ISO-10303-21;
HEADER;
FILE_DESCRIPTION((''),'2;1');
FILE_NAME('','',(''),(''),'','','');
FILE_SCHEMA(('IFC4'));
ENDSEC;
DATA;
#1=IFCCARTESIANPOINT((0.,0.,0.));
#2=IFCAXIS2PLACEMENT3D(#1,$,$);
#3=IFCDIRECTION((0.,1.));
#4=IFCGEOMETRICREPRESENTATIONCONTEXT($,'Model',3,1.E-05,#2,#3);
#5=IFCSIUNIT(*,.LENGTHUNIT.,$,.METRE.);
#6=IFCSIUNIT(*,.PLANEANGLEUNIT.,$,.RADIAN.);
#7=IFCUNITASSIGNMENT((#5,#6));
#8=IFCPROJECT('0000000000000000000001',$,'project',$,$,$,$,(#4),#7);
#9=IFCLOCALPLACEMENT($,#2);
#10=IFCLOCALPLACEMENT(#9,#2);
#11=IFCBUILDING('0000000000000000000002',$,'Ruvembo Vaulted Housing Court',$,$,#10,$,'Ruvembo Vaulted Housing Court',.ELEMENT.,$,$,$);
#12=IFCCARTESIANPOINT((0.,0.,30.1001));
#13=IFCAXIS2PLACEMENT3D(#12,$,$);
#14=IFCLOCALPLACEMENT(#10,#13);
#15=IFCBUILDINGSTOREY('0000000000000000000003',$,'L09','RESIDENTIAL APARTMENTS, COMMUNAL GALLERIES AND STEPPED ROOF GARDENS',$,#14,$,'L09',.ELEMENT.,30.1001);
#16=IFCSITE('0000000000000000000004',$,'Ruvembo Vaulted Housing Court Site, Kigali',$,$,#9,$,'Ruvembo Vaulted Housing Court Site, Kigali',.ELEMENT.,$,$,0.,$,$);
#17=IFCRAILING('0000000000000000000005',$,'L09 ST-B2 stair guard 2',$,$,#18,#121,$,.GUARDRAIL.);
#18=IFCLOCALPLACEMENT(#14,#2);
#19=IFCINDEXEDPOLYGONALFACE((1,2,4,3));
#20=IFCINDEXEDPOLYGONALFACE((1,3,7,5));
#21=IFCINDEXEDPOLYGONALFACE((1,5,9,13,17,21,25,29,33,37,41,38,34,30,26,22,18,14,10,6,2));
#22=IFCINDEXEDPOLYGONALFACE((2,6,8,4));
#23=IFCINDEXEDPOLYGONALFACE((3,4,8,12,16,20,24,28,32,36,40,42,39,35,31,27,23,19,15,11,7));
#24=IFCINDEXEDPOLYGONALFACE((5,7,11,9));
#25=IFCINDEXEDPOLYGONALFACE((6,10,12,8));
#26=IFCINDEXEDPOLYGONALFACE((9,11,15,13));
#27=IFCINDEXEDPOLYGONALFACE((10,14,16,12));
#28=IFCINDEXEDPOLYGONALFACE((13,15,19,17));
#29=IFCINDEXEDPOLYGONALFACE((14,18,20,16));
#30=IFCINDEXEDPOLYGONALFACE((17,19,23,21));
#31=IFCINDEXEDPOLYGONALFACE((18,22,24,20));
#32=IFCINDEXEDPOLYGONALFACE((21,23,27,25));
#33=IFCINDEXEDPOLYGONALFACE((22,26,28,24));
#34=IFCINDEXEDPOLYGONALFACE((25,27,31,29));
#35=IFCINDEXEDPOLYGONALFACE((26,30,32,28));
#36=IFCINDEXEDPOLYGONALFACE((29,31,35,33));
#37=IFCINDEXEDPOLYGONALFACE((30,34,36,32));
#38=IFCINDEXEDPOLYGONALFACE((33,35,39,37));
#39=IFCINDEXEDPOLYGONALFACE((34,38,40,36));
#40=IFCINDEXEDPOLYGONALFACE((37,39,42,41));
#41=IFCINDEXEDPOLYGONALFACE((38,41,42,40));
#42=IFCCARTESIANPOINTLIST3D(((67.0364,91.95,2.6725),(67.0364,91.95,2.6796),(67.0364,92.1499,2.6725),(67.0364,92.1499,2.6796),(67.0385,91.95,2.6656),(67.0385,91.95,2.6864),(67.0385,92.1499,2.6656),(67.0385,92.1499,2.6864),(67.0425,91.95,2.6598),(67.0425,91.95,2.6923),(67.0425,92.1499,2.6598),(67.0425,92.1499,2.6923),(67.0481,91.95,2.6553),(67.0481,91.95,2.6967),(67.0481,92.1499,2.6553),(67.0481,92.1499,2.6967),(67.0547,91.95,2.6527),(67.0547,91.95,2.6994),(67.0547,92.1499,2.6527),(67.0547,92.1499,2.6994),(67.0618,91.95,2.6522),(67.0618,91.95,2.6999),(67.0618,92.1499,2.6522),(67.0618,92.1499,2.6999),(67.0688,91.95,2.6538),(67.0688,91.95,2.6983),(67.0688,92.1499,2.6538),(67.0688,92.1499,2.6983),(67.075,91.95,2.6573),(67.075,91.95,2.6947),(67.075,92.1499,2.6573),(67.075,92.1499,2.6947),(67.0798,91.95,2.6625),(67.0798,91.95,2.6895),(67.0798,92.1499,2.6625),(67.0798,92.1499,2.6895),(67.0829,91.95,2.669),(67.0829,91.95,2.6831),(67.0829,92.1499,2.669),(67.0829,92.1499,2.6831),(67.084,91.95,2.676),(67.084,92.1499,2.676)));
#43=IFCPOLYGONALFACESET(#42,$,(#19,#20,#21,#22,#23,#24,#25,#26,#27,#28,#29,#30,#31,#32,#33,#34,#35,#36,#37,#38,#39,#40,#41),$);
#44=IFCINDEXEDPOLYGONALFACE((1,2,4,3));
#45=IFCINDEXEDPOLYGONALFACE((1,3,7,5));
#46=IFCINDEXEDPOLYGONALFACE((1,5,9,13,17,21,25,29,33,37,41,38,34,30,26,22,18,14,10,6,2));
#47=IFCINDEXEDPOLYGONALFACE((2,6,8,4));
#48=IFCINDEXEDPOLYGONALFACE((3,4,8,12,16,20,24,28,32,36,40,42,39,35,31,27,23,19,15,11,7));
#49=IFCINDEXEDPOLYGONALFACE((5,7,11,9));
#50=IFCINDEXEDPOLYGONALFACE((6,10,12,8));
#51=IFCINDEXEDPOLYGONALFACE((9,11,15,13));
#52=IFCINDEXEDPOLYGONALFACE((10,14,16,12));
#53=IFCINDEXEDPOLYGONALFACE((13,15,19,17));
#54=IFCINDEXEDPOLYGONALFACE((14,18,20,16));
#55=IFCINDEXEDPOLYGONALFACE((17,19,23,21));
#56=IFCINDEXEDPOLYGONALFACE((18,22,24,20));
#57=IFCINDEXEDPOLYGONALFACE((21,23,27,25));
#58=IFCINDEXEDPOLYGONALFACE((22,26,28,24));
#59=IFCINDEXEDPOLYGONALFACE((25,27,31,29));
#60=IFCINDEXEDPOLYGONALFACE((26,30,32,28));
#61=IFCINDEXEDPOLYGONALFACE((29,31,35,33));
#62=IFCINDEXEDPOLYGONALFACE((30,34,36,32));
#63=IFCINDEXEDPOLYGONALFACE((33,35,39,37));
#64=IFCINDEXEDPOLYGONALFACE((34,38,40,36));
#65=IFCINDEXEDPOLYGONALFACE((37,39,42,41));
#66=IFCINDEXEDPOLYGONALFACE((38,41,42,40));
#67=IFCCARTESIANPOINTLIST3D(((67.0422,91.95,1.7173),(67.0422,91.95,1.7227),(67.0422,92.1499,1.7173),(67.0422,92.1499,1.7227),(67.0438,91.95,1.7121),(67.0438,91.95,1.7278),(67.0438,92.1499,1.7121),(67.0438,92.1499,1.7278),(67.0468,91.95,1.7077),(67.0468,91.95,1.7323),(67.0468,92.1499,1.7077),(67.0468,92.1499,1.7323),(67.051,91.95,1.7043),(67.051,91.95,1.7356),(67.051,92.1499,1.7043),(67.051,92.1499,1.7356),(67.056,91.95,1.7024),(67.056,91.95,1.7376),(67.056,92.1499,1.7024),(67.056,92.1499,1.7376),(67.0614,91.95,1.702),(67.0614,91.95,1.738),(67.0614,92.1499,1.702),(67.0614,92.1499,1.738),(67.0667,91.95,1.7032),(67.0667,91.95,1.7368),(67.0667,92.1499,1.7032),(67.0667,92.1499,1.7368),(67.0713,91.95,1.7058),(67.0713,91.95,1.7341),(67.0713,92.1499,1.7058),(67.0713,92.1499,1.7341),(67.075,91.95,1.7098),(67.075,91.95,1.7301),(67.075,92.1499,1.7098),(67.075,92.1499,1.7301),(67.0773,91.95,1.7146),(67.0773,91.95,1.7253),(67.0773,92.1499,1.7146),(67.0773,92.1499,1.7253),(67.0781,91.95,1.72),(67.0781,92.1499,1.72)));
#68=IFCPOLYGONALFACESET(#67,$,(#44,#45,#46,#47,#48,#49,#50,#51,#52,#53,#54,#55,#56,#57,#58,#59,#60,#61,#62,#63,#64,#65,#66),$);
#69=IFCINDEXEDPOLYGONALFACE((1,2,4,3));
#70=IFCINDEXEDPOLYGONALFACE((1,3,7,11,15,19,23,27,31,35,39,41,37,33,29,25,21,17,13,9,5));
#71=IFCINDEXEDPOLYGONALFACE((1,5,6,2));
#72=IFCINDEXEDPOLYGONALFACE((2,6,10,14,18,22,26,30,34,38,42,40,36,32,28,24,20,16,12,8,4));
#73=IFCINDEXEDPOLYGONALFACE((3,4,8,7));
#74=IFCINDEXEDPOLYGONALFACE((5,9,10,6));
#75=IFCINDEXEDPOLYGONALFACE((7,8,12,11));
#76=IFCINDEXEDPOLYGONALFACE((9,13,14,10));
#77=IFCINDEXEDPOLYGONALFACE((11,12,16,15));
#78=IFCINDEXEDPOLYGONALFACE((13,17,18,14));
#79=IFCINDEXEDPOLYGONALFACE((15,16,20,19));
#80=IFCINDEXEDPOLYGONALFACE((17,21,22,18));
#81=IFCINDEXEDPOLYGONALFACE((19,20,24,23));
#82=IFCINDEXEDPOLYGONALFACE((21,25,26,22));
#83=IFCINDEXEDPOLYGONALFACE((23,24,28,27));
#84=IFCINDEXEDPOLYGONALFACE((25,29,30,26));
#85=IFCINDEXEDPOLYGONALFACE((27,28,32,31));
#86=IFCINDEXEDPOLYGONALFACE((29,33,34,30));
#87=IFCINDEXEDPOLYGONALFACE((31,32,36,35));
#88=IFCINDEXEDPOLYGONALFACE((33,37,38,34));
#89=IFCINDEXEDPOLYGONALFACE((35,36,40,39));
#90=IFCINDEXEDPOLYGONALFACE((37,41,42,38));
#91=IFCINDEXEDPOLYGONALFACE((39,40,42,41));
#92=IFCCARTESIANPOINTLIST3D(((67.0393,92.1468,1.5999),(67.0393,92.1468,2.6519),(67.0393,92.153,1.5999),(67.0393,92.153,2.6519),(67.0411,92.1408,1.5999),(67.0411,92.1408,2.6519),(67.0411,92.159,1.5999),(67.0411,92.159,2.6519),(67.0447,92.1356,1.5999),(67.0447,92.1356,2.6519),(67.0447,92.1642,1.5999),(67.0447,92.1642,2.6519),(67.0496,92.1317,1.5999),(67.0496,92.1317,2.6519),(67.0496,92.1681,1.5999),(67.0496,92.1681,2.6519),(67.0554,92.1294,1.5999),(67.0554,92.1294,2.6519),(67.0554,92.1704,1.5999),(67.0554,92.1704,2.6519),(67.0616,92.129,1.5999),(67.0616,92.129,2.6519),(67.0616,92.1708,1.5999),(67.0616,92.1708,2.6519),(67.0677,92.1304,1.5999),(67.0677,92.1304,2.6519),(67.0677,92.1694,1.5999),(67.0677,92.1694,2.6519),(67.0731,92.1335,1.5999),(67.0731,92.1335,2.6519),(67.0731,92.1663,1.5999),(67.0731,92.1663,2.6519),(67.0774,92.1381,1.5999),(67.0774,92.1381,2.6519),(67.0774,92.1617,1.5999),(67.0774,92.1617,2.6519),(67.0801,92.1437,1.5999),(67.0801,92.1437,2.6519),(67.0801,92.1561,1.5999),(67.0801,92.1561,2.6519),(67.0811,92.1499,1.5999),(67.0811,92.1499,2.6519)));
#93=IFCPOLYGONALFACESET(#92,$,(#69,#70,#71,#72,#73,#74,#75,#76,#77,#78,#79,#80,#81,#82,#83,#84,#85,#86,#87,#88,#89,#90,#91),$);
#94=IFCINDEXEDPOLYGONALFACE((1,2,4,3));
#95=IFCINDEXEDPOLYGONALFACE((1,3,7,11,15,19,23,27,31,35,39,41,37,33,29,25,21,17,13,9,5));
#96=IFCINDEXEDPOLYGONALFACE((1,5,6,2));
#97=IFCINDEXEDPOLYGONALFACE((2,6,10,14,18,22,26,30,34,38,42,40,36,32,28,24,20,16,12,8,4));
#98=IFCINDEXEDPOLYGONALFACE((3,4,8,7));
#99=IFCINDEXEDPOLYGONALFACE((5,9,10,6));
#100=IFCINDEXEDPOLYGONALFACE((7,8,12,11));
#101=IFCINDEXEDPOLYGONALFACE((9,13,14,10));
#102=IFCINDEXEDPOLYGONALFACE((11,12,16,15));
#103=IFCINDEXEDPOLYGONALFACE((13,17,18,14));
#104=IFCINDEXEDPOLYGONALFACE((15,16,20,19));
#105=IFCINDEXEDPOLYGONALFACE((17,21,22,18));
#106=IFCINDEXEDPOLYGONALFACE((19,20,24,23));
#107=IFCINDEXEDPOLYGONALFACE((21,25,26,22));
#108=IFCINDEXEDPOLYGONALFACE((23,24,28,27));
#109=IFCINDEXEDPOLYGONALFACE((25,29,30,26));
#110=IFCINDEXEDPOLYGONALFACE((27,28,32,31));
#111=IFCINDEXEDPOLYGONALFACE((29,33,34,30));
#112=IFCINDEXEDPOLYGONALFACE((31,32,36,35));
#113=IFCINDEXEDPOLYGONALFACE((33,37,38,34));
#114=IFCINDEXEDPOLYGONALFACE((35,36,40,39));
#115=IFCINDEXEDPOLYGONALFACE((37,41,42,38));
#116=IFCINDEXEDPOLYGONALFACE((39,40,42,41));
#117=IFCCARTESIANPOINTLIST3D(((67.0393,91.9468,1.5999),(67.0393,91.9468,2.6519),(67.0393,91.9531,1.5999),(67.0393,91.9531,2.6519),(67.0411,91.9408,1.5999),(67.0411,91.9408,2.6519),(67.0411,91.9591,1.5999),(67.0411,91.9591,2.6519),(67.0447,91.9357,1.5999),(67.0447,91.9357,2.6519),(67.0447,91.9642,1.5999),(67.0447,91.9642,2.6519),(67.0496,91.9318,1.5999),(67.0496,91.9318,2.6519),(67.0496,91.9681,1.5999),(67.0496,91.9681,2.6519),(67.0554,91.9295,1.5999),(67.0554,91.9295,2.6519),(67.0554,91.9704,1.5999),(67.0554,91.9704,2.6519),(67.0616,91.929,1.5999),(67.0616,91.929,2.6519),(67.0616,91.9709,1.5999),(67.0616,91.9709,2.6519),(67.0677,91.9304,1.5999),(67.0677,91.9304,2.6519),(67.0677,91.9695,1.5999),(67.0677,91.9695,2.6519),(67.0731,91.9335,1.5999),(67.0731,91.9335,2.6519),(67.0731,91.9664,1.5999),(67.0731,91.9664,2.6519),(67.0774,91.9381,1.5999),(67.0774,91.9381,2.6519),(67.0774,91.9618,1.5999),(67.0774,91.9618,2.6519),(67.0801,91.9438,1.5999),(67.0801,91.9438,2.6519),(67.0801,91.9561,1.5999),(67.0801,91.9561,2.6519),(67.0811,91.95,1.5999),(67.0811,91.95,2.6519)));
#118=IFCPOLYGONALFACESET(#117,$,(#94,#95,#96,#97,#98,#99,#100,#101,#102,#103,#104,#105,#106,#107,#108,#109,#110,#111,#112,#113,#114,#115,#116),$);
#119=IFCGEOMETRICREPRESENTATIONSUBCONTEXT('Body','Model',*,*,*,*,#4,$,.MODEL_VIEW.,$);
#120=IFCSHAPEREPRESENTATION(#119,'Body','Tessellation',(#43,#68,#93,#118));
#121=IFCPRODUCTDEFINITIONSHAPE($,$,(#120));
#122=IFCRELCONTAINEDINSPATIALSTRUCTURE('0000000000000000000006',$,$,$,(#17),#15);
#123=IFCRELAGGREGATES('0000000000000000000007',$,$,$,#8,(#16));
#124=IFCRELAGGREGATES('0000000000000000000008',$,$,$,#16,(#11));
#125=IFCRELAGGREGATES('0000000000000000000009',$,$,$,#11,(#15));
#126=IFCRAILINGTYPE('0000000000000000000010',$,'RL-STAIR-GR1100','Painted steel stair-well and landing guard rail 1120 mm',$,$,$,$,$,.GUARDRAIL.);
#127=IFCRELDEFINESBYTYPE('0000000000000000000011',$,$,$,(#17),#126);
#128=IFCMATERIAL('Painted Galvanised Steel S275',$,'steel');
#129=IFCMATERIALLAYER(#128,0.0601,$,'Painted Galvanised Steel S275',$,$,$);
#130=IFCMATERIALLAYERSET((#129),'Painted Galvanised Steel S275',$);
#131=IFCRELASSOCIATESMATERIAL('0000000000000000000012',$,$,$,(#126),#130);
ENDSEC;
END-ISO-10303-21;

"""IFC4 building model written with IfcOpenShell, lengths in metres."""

from ifc_helpers import new_model, si_unit, direction, frame, origin, origin_2d, place, context, subcontext, project, spatial, circle, extrude, material, layer, layer_set, type_object, element, save


model = new_model("IFC4")

# Units and contexts
model_context = context("Model", 3, precision=1e-05, world=origin(), true_north=direction((0.0, 1.0)))
body_context = subcontext(model_context, "Body", "Model", "MODEL_VIEW")
ifc_project = project(units=[si_unit("LENGTHUNIT", "METRE"), si_unit("PLANEANGLEUNIT", "RADIAN")], contexts=[model_context])

# Site, building, storey
site_placement = place(None, origin())
site = spatial("IfcSite", under=ifc_project, at=site_placement, Name="Ruvembo Vaulted Housing Court Site, Kigali", LongName="Ruvembo Vaulted Housing Court Site, Kigali", CompositionType="ELEMENT", RefElevation=0.0)
building_placement = place(site_placement, origin())
building = spatial("IfcBuilding", under=site, at=building_placement, Name="Ruvembo Vaulted Housing Court", LongName="Ruvembo Vaulted Housing Court", CompositionType="ELEMENT")
storey_placement = place(building_placement, frame((0.0, 0.0, 30.1001)))
storey = spatial("IfcBuildingStorey", under=building, at=storey_placement, Name="L09", Description="RESIDENTIAL APARTMENTS, COMMUNAL GALLERIES AND STEPPED ROOF GARDENS", LongName="L09", CompositionType="ELEMENT", Elevation=30.1001)

# Railing
ifc_material_1 = material(Name="Painted Galvanised Steel S275", Category="steel")
ifc_layer_1 = layer(ifc_material_1, 0.0601, Name="Painted Galvanised Steel S275")
ifc_layer_set_1 = layer_set([ifc_layer_1], Name="Painted Galvanised Steel S275")
railing_type_1 = type_object("IfcRailingType", Name="RL-STAIR-GR1100", Description="Painted steel stair-well and landing guard rail 1120 mm", PredefinedType="GUARDRAIL", material=ifc_layer_set_1)
railing_1_placement = place(storey_placement, frame((67.0601, 92.1499, 1.5999)))
element("IfcRailing", 1, at=railing_1_placement, inside=storey, type_object=railing_type_1, Name="L09 ST-B2 stair guard 2", PredefinedType="GUARDRAIL", context=body_context, shape_type="SweptSolid", body=[
    extrude(circle(Radius=0.0239, at=origin_2d()), frame((0.0, 0.0, 1.0762), z_axis=(0.0, -1.0, 0.0), x_axis=(1.0, 0.0, 0.0)), (0.0, 0.0, 1.0), 0.2),
    extrude(circle(Radius=0.0181, at=origin_2d()), frame((0.0, 0.0, 0.1201), z_axis=(0.0, -1.0, 0.0), x_axis=(1.0, 0.0, 0.0)), (0.0, 0.0, 1.0), 0.2),
    extrude(circle(Radius=0.021, at=origin_2d()), origin(), (0.0, 0.0, 1.0), 1.052),
    extrude(circle(Radius=0.021, at=origin_2d()), frame((0.0, -0.2, 0.0)), (0.0, 0.0, 1.0), 1.052),
])

save(model, "model.ifc")
